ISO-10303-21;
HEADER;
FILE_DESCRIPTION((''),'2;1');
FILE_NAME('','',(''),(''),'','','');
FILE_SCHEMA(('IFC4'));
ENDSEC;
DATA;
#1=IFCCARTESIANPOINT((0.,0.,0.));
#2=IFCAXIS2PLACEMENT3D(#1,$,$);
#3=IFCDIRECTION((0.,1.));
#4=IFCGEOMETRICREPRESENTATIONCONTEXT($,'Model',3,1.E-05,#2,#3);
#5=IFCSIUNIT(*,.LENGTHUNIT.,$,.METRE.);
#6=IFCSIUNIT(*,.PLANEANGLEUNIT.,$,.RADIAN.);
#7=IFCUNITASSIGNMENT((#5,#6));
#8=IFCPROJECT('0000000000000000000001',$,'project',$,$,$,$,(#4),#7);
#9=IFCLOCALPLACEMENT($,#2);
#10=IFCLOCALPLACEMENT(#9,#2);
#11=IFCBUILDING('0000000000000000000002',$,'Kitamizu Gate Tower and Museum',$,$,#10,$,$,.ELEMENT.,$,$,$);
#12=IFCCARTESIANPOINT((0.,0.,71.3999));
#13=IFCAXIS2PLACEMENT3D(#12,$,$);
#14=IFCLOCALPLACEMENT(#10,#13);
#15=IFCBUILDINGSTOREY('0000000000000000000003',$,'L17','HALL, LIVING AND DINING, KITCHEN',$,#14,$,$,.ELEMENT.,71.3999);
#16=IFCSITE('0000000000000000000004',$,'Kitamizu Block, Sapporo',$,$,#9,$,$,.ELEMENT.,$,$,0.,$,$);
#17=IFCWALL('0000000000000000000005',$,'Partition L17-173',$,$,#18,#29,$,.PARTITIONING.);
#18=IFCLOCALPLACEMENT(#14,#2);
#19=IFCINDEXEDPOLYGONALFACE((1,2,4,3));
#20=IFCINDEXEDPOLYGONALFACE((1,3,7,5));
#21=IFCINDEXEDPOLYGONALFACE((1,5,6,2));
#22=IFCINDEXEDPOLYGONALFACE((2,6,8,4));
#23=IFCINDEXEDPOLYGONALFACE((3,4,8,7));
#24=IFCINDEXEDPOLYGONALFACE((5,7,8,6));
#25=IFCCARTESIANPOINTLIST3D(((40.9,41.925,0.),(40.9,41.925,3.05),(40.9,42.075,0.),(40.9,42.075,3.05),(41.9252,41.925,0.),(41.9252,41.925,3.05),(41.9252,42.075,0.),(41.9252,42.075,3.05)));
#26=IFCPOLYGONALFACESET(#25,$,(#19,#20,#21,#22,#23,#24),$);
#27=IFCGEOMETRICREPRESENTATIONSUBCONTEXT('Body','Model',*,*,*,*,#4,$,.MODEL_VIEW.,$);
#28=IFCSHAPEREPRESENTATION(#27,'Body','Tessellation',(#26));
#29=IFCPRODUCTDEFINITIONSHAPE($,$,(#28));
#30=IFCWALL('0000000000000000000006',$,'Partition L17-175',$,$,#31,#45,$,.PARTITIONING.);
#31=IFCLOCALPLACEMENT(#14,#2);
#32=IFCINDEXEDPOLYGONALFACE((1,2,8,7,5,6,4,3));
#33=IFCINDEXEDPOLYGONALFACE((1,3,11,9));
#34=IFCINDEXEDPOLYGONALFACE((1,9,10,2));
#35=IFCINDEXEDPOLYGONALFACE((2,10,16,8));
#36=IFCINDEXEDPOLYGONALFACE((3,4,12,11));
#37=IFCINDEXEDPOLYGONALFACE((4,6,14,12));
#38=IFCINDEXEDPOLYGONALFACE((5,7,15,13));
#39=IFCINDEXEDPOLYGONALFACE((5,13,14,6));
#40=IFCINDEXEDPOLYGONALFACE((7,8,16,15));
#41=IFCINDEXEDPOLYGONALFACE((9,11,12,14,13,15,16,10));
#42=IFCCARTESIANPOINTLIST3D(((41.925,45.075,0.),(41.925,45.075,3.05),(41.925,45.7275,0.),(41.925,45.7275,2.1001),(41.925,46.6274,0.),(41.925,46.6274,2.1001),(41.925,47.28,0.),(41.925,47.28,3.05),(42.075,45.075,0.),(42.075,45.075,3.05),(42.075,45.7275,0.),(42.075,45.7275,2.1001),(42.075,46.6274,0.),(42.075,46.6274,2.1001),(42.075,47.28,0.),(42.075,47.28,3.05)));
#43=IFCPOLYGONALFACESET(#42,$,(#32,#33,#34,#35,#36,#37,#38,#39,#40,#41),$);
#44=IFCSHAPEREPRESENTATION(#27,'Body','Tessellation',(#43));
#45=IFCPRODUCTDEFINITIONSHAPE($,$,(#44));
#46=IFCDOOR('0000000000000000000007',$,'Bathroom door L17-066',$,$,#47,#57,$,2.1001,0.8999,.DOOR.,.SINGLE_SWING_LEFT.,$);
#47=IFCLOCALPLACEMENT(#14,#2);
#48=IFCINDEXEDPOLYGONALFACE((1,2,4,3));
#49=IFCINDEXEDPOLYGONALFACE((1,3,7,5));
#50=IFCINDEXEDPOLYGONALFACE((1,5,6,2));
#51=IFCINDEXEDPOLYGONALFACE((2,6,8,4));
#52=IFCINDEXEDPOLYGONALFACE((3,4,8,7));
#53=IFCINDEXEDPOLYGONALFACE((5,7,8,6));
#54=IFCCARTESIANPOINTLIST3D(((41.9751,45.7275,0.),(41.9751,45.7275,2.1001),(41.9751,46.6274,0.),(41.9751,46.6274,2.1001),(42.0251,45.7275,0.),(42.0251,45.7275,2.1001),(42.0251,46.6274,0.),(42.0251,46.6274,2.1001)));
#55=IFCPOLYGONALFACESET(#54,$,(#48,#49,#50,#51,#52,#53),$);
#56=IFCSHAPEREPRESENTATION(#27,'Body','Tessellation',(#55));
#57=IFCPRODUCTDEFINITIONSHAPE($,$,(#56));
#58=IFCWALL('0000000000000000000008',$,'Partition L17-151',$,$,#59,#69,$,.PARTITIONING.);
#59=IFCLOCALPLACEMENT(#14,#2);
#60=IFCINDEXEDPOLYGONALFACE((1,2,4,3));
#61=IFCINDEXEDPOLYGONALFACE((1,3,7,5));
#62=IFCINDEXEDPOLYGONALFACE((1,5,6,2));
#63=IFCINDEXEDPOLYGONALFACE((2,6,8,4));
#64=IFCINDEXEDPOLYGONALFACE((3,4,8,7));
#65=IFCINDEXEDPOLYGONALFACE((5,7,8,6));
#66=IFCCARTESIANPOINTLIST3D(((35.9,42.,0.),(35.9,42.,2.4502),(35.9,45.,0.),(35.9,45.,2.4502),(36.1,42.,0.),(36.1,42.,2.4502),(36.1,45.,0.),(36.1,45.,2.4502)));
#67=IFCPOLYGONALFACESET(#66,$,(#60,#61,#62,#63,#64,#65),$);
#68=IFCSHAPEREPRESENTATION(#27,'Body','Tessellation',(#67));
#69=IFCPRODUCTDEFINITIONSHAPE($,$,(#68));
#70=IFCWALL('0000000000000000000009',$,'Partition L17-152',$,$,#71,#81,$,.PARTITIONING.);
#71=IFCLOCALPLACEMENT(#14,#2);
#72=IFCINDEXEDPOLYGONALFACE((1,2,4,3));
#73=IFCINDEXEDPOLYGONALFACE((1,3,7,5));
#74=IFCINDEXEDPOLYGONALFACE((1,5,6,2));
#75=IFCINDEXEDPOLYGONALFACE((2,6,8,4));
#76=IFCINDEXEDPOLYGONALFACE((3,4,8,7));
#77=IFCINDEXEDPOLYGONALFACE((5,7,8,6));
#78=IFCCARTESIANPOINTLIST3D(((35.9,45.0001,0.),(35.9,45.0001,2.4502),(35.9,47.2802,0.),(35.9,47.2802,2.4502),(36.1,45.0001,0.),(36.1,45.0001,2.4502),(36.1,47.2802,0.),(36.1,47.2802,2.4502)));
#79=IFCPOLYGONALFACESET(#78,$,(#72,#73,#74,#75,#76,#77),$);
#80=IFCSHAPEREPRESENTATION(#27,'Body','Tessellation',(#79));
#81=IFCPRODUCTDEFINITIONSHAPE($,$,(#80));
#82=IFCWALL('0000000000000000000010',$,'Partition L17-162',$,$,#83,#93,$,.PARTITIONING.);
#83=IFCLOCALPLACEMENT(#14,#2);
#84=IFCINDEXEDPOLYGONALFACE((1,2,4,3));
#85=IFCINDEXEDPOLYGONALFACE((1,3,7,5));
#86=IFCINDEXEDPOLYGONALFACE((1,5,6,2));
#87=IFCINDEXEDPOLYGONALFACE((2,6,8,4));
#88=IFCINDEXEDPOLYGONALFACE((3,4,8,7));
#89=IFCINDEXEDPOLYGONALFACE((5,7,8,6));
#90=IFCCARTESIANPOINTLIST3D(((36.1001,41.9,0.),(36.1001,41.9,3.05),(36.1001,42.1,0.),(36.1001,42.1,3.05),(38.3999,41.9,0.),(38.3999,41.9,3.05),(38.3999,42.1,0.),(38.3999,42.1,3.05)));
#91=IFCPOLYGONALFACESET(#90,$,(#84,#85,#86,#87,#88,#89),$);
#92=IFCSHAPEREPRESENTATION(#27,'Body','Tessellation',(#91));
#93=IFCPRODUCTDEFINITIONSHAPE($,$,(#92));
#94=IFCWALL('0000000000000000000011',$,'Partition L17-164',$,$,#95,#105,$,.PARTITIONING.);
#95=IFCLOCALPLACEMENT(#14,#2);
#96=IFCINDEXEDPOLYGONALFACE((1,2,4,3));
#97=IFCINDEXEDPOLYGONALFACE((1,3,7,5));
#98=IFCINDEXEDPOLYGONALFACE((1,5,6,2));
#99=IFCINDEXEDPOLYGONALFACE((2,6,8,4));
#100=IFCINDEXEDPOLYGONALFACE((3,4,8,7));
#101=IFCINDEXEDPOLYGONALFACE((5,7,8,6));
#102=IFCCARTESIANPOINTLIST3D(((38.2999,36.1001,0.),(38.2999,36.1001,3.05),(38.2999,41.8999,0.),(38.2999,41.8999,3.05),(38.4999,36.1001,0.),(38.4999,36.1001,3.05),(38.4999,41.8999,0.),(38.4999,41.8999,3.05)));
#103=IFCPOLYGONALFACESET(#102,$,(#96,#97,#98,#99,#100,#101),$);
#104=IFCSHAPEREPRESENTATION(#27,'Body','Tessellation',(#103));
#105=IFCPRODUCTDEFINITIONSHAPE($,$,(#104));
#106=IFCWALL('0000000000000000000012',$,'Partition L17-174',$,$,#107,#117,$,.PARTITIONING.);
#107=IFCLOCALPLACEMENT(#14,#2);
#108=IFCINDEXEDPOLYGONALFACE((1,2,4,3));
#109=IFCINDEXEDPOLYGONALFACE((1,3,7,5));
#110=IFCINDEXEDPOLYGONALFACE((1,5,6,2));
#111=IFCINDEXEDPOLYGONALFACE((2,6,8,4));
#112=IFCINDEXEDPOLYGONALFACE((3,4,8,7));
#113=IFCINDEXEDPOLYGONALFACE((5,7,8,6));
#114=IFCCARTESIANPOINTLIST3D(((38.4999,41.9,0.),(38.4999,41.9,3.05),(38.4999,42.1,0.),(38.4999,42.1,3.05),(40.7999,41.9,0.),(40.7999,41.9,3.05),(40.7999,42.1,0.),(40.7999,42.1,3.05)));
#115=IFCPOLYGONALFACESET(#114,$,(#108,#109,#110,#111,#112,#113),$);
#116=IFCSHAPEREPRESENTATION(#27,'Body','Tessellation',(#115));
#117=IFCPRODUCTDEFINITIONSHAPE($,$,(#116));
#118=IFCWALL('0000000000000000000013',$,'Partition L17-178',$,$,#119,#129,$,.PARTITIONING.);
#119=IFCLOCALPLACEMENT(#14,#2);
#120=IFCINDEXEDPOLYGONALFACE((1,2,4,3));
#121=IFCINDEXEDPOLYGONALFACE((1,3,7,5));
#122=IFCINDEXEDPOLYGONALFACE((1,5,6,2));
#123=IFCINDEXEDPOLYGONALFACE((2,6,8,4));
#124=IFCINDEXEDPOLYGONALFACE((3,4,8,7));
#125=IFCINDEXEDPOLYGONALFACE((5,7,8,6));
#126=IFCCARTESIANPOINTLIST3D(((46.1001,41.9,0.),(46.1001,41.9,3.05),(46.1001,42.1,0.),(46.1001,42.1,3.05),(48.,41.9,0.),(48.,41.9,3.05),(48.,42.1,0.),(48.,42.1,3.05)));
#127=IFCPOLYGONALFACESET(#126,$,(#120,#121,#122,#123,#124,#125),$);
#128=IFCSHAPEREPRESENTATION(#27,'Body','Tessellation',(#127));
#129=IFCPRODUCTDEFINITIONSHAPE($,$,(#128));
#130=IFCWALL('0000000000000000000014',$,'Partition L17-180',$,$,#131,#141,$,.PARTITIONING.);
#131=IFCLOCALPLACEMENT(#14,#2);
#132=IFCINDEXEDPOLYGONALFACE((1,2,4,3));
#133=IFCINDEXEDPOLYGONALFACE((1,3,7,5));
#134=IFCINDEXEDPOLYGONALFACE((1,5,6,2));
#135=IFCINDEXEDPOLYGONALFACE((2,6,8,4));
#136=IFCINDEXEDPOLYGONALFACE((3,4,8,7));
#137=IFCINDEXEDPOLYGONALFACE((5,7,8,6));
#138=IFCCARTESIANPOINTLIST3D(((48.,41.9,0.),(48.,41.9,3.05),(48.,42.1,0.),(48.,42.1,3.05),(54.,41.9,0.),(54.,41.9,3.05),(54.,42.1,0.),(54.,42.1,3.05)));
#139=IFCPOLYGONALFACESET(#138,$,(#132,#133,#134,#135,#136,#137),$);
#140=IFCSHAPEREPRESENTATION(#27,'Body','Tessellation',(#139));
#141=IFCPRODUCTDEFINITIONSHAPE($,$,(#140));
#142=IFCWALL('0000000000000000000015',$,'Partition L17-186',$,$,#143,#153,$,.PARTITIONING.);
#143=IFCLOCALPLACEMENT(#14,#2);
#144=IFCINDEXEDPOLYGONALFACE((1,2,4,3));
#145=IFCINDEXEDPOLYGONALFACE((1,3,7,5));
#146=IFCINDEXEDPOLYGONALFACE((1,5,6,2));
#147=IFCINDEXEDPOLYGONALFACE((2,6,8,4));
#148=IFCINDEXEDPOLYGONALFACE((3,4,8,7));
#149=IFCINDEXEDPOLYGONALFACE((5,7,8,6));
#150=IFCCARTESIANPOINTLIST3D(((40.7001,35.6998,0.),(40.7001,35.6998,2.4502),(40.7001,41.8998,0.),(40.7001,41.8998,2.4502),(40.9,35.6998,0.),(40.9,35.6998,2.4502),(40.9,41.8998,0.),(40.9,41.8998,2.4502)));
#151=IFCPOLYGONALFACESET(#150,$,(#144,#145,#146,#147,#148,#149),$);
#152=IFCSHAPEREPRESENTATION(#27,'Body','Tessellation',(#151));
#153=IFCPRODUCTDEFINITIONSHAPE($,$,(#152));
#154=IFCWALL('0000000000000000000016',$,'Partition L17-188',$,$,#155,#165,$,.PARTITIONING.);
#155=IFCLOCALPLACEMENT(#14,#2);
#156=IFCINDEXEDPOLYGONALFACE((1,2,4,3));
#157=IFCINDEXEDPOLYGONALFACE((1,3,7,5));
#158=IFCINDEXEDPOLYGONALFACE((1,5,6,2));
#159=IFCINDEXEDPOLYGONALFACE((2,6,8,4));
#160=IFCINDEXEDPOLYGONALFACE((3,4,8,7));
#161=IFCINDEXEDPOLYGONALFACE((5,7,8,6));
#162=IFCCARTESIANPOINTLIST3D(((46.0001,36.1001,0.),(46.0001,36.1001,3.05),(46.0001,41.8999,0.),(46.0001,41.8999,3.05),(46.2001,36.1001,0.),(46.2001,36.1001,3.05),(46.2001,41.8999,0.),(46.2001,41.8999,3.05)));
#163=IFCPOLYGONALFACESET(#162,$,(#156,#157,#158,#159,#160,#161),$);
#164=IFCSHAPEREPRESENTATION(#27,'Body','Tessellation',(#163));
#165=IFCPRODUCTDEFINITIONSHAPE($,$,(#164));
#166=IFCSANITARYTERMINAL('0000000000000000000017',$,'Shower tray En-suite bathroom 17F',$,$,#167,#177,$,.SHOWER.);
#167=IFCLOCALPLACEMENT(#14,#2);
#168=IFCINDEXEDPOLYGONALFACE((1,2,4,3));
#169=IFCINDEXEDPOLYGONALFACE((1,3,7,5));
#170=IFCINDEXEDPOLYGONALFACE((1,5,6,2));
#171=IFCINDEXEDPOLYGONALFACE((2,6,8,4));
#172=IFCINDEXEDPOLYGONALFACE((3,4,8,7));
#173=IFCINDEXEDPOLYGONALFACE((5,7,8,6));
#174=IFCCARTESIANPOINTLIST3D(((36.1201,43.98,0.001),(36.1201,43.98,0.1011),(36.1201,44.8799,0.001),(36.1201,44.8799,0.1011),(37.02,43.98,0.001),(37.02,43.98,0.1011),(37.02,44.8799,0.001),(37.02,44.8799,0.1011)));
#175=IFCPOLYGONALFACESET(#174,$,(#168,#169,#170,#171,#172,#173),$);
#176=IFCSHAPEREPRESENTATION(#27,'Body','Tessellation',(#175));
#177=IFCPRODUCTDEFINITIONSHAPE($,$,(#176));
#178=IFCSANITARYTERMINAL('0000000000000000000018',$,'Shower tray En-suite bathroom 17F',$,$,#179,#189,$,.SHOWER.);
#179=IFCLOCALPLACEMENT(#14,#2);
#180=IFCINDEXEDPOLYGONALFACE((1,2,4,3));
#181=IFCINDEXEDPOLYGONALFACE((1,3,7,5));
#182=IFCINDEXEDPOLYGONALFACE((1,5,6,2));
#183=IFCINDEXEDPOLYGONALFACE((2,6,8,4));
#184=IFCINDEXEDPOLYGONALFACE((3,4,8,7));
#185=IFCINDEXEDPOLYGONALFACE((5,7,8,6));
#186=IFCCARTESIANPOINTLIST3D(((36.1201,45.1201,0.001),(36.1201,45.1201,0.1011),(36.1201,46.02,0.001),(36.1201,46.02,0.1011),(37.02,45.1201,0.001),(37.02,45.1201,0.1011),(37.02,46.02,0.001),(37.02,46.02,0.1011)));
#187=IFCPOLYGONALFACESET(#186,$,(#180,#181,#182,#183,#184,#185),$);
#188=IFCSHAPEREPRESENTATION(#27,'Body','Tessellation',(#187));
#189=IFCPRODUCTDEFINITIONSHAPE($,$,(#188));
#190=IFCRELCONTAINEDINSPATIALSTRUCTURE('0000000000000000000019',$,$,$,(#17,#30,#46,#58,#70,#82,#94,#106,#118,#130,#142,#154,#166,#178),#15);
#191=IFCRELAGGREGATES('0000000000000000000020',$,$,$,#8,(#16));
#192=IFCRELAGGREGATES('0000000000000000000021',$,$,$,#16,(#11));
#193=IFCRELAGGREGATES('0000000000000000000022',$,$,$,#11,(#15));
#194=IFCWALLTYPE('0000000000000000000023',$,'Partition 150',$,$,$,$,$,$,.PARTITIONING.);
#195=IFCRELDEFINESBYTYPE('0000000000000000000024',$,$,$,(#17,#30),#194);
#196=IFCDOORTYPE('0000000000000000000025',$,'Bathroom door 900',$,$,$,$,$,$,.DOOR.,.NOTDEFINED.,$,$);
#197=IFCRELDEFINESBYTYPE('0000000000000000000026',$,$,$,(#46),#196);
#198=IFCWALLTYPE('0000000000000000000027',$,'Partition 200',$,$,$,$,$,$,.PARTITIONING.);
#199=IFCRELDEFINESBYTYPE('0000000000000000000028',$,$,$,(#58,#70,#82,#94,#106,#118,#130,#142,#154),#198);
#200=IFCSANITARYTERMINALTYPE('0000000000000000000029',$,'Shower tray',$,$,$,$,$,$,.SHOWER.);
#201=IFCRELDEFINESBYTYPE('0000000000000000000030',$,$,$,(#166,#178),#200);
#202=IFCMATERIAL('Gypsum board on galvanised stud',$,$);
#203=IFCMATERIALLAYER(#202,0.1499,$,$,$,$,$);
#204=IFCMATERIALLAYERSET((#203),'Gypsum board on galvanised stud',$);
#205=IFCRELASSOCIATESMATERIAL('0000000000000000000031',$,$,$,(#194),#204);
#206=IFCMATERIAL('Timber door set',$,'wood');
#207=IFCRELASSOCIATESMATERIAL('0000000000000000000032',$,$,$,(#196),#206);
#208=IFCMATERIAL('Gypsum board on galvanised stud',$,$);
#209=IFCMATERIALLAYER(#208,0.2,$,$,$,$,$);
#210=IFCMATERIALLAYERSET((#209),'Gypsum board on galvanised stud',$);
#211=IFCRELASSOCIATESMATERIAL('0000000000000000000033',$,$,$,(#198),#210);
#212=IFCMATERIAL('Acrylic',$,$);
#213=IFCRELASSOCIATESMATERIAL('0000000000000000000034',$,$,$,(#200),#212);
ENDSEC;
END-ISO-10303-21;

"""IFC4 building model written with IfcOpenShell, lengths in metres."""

from ifc_helpers import new_model, si_unit, direction, frame, frame_2d, origin, origin_2d, place, context, subcontext, project, spatial, rectangle, extrude, material, layer, layer_set, type_object, element, fill, save


model = new_model("IFC4")

# Units and contexts
model_context = context("Model", 3, precision=1e-05, world=origin(), true_north=direction((0.0, 1.0)))
body_context = subcontext(model_context, "Body", "Model", "MODEL_VIEW")
ifc_project = project(units=[si_unit("LENGTHUNIT", "METRE"), si_unit("PLANEANGLEUNIT", "RADIAN")], contexts=[model_context])

# Site, building, storey
site_placement = place(None, origin())
site = spatial("IfcSite", under=ifc_project, at=site_placement, Name="Kitamizu Block, Sapporo", CompositionType="ELEMENT", RefElevation=0.0)
building_placement = place(site_placement, origin())
building = spatial("IfcBuilding", under=site, at=building_placement, Name="Kitamizu Gate Tower and Museum", CompositionType="ELEMENT")
storey_placement = place(building_placement, frame((0.0, 0.0, 71.3999)))
storey = spatial("IfcBuildingStorey", under=building, at=storey_placement, Name="L17", Description="HALL, LIVING AND DINING, KITCHEN", CompositionType="ELEMENT", Elevation=71.3999)

# Shared definitions
ifc_material_1 = material(Name="Gypsum board on galvanised stud")
ifc_layer_1 = layer(ifc_material_1, 0.1499)
ifc_layer_set_1 = layer_set([ifc_layer_1], Name="Gypsum board on galvanised stud")
wall_type_1 = type_object("IfcWallType", Name="Partition 150", PredefinedType="PARTITIONING", material=ifc_layer_set_1)

# Shared definitions
ifc_material_2 = material(Name="Timber door set", Category="wood")
door_type_1 = type_object("IfcDoorType", Name="Bathroom door 900", OperationType="NOTDEFINED", PredefinedType="DOOR", material=ifc_material_2)

# Wall
wall_1_placement = place(storey_placement, frame((40.8999, 42.0, 0.0), z_axis=(0.0, 0.0, 1.0), x_axis=(1.0, 0.0, 0.0)))
element("IfcWall", 1, at=wall_1_placement, inside=storey, type_object=wall_type_1, Name="Partition L17-173", PredefinedType="PARTITIONING", context=body_context, shape_type="SweptSolid", body=[
    extrude(rectangle(XDim=1.0251, YDim=0.1499, at=frame_2d((0.5127, 0.0))), origin(), (0.0, 0.0, 1.0), 3.05),
])

# Wall, opening, door
wall_2_placement = place(storey_placement, frame((42.0, 45.075, 0.0), z_axis=(0.0, 0.0, 1.0), x_axis=(0.0, 1.0, 0.0)))
wall_2 = element("IfcWall", 2, at=wall_2_placement, inside=storey, type_object=wall_type_1, Name="Partition L17-175", PredefinedType="PARTITIONING", context=body_context, shape_type="SweptSolid", body=[
    extrude(rectangle(XDim=2.2051, YDim=0.1499, at=frame_2d((1.1025, 0.0))), origin(), (0.0, 0.0, 1.0), 3.05),
])
opening_1_placement = place(wall_2_placement, frame((0.6526, 0.0, 0.0)))
opening_1 = element("IfcOpeningElement", 3, at=opening_1_placement, cuts=wall_2, PredefinedType="OPENING", context=body_context, shape_type="SweptSolid", body=[
    extrude(rectangle(XDim=0.8999, YDim=2.1001, at=frame_2d((0.45, 1.05))), frame((0.0, 0.085, 0.0), z_axis=(0.0, -1.0, 0.0), x_axis=(1.0, 0.0, 0.0)), (0.0, 0.0, 1.0), 0.1699),
])
door_1_placement = place(opening_1_placement, origin())
door_1 = element("IfcDoor", 4, at=door_1_placement, inside=storey, type_object=door_type_1, Name="Bathroom door L17-066", OperationType="SINGLE_SWING_LEFT", OverallHeight=2.1001, OverallWidth=0.8999, PredefinedType="DOOR", context=body_context, shape_type="SweptSolid", body=[
    extrude(rectangle(XDim=0.8999, YDim=2.1001, at=frame_2d((0.45, 1.05))), frame((0.0, 0.0249, 0.0), z_axis=(0.0, -1.0, 0.0), x_axis=(1.0, 0.0, 0.0)), (0.0, 0.0, 1.0), 0.05),
])
fill(opening_1, door_1)

# Walls
ifc_material_3 = material(Name="Gypsum board on galvanised stud")
ifc_layer_2 = layer(ifc_material_3, 0.2)
ifc_layer_set_2 = layer_set([ifc_layer_2], Name="Gypsum board on galvanised stud")
wall_type_2 = type_object("IfcWallType", Name="Partition 200", PredefinedType="PARTITIONING", material=ifc_layer_set_2)
wall_3_placement = place(storey_placement, frame((36.0, 42.0, 0.0), z_axis=(0.0, 0.0, 1.0), x_axis=(0.0, 1.0, 0.0)))
element("IfcWall", 5, at=wall_3_placement, inside=storey, type_object=wall_type_2, Name="Partition L17-151", PredefinedType="PARTITIONING", context=body_context, shape_type="SweptSolid", body=[
    extrude(rectangle(XDim=3.0, YDim=0.2, at=frame_2d((1.5, 0.0))), origin(), (0.0, 0.0, 1.0), 2.4502),
])
wall_4_placement = place(storey_placement, frame((36.0, 45.0, 0.0), z_axis=(0.0, 0.0, 1.0), x_axis=(0.0, 1.0, 0.0)))
element("IfcWall", 6, at=wall_4_placement, inside=storey, type_object=wall_type_2, Name="Partition L17-152", PredefinedType="PARTITIONING", context=body_context, shape_type="SweptSolid", body=[
    extrude(rectangle(XDim=2.28, YDim=0.2, at=frame_2d((1.1401, 0.0))), origin(), (0.0, 0.0, 1.0), 2.4502),
])
wall_5_placement = place(storey_placement, frame((38.3999, 42.0, 0.0), z_axis=(0.0, 0.0, 1.0), x_axis=(-1.0, 0.0, 0.0)))
element("IfcWall", 7, at=wall_5_placement, inside=storey, type_object=wall_type_2, Name="Partition L17-162", PredefinedType="PARTITIONING", context=body_context, shape_type="SweptSolid", body=[
    extrude(rectangle(XDim=2.2998, YDim=0.2, at=frame_2d((1.1499, 0.0))), origin(), (0.0, 0.0, 1.0), 3.05),
])
wall_6_placement = place(storey_placement, frame((38.3999, 36.1001, 0.0), z_axis=(0.0, 0.0, 1.0), x_axis=(0.0, 1.0, 0.0)))
element("IfcWall", 8, at=wall_6_placement, inside=storey, type_object=wall_type_2, Name="Partition L17-164", PredefinedType="PARTITIONING", context=body_context, shape_type="SweptSolid", body=[
    extrude(rectangle(XDim=5.7998, YDim=0.2, at=frame_2d((2.8999, 0.0))), origin(), (0.0, 0.0, 1.0), 3.05),
])
wall_7_placement = place(storey_placement, frame((38.5, 42.0, 0.0), z_axis=(0.0, 0.0, 1.0), x_axis=(1.0, 0.0, 0.0)))
element("IfcWall", 9, at=wall_7_placement, inside=storey, type_object=wall_type_2, Name="Partition L17-174", PredefinedType="PARTITIONING", context=body_context, shape_type="SweptSolid", body=[
    extrude(rectangle(XDim=2.3, YDim=0.2, at=frame_2d((1.1499, 0.0))), origin(), (0.0, 0.0, 1.0), 3.05),
])
wall_8_placement = place(storey_placement, frame((46.1001, 42.0, 0.0), z_axis=(0.0, 0.0, 1.0), x_axis=(1.0, 0.0, 0.0)))
element("IfcWall", 10, at=wall_8_placement, inside=storey, type_object=wall_type_2, Name="Partition L17-178", PredefinedType="PARTITIONING", context=body_context, shape_type="SweptSolid", body=[
    extrude(rectangle(XDim=1.8999, YDim=0.2, at=frame_2d((0.95, 0.0))), origin(), (0.0, 0.0, 1.0), 3.05),
])
wall_9_placement = place(storey_placement, frame((48.0, 42.0, 0.0), z_axis=(0.0, 0.0, 1.0), x_axis=(1.0, 0.0, 0.0)))
element("IfcWall", 11, at=wall_9_placement, inside=storey, type_object=wall_type_2, Name="Partition L17-180", PredefinedType="PARTITIONING", context=body_context, shape_type="SweptSolid", body=[
    extrude(rectangle(XDim=6.0, YDim=0.2, at=frame_2d((3.0, 0.0))), origin(), (0.0, 0.0, 1.0), 3.05),
])
wall_10_placement = place(storey_placement, frame((40.8, 41.8999, 0.0), z_axis=(0.0, 0.0, 1.0), x_axis=(0.0, -1.0, 0.0)))
element("IfcWall", 12, at=wall_10_placement, inside=storey, type_object=wall_type_2, Name="Partition L17-186", PredefinedType="PARTITIONING", context=body_context, shape_type="SweptSolid", body=[
    extrude(rectangle(XDim=6.2, YDim=0.2, at=frame_2d((3.1001, 0.0))), origin(), (0.0, 0.0, 1.0), 2.4502),
])
wall_11_placement = place(storey_placement, frame((46.1001, 36.1001, 0.0), z_axis=(0.0, 0.0, 1.0), x_axis=(0.0, 1.0, 0.0)))
element("IfcWall", 13, at=wall_11_placement, inside=storey, type_object=wall_type_2, Name="Partition L17-188", PredefinedType="PARTITIONING", context=body_context, shape_type="SweptSolid", body=[
    extrude(rectangle(XDim=5.7998, YDim=0.2, at=frame_2d((2.8999, 0.0))), origin(), (0.0, 0.0, 1.0), 3.05),
])

# Sanitary terminals
ifc_material_4 = material(Name="Acrylic")
sanitary_terminal_type_1 = type_object("IfcSanitaryTerminalType", Name="Shower tray", PredefinedType="SHOWER", material=ifc_material_4)
for number, where, z_axis, x_axis, name in (
    (14, (36.5701, 44.4299, 0.001), (0.0, 0.0, 1.0), (1.0, 0.0, 0.0), "Shower tray En-suite bathroom 17F"),
    (15, (36.5701, 45.5701, 0.001), (0.0, 0.0, 1.0), (1.0, 0.0, 0.0), "Shower tray En-suite bathroom 17F"),
):
    element("IfcSanitaryTerminal", number, at=place(storey_placement, frame(where, z_axis=z_axis, x_axis=x_axis)), inside=storey, type_object=sanitary_terminal_type_1, Name=name, PredefinedType="SHOWER", context=body_context, shape_type="SweptSolid", body=[
        extrude(rectangle(XDim=0.8999, YDim=0.8999, at=origin_2d()), origin(), (0.0, 0.0, 1.0), 0.1001),
    ])

save(model, "model.ifc")
